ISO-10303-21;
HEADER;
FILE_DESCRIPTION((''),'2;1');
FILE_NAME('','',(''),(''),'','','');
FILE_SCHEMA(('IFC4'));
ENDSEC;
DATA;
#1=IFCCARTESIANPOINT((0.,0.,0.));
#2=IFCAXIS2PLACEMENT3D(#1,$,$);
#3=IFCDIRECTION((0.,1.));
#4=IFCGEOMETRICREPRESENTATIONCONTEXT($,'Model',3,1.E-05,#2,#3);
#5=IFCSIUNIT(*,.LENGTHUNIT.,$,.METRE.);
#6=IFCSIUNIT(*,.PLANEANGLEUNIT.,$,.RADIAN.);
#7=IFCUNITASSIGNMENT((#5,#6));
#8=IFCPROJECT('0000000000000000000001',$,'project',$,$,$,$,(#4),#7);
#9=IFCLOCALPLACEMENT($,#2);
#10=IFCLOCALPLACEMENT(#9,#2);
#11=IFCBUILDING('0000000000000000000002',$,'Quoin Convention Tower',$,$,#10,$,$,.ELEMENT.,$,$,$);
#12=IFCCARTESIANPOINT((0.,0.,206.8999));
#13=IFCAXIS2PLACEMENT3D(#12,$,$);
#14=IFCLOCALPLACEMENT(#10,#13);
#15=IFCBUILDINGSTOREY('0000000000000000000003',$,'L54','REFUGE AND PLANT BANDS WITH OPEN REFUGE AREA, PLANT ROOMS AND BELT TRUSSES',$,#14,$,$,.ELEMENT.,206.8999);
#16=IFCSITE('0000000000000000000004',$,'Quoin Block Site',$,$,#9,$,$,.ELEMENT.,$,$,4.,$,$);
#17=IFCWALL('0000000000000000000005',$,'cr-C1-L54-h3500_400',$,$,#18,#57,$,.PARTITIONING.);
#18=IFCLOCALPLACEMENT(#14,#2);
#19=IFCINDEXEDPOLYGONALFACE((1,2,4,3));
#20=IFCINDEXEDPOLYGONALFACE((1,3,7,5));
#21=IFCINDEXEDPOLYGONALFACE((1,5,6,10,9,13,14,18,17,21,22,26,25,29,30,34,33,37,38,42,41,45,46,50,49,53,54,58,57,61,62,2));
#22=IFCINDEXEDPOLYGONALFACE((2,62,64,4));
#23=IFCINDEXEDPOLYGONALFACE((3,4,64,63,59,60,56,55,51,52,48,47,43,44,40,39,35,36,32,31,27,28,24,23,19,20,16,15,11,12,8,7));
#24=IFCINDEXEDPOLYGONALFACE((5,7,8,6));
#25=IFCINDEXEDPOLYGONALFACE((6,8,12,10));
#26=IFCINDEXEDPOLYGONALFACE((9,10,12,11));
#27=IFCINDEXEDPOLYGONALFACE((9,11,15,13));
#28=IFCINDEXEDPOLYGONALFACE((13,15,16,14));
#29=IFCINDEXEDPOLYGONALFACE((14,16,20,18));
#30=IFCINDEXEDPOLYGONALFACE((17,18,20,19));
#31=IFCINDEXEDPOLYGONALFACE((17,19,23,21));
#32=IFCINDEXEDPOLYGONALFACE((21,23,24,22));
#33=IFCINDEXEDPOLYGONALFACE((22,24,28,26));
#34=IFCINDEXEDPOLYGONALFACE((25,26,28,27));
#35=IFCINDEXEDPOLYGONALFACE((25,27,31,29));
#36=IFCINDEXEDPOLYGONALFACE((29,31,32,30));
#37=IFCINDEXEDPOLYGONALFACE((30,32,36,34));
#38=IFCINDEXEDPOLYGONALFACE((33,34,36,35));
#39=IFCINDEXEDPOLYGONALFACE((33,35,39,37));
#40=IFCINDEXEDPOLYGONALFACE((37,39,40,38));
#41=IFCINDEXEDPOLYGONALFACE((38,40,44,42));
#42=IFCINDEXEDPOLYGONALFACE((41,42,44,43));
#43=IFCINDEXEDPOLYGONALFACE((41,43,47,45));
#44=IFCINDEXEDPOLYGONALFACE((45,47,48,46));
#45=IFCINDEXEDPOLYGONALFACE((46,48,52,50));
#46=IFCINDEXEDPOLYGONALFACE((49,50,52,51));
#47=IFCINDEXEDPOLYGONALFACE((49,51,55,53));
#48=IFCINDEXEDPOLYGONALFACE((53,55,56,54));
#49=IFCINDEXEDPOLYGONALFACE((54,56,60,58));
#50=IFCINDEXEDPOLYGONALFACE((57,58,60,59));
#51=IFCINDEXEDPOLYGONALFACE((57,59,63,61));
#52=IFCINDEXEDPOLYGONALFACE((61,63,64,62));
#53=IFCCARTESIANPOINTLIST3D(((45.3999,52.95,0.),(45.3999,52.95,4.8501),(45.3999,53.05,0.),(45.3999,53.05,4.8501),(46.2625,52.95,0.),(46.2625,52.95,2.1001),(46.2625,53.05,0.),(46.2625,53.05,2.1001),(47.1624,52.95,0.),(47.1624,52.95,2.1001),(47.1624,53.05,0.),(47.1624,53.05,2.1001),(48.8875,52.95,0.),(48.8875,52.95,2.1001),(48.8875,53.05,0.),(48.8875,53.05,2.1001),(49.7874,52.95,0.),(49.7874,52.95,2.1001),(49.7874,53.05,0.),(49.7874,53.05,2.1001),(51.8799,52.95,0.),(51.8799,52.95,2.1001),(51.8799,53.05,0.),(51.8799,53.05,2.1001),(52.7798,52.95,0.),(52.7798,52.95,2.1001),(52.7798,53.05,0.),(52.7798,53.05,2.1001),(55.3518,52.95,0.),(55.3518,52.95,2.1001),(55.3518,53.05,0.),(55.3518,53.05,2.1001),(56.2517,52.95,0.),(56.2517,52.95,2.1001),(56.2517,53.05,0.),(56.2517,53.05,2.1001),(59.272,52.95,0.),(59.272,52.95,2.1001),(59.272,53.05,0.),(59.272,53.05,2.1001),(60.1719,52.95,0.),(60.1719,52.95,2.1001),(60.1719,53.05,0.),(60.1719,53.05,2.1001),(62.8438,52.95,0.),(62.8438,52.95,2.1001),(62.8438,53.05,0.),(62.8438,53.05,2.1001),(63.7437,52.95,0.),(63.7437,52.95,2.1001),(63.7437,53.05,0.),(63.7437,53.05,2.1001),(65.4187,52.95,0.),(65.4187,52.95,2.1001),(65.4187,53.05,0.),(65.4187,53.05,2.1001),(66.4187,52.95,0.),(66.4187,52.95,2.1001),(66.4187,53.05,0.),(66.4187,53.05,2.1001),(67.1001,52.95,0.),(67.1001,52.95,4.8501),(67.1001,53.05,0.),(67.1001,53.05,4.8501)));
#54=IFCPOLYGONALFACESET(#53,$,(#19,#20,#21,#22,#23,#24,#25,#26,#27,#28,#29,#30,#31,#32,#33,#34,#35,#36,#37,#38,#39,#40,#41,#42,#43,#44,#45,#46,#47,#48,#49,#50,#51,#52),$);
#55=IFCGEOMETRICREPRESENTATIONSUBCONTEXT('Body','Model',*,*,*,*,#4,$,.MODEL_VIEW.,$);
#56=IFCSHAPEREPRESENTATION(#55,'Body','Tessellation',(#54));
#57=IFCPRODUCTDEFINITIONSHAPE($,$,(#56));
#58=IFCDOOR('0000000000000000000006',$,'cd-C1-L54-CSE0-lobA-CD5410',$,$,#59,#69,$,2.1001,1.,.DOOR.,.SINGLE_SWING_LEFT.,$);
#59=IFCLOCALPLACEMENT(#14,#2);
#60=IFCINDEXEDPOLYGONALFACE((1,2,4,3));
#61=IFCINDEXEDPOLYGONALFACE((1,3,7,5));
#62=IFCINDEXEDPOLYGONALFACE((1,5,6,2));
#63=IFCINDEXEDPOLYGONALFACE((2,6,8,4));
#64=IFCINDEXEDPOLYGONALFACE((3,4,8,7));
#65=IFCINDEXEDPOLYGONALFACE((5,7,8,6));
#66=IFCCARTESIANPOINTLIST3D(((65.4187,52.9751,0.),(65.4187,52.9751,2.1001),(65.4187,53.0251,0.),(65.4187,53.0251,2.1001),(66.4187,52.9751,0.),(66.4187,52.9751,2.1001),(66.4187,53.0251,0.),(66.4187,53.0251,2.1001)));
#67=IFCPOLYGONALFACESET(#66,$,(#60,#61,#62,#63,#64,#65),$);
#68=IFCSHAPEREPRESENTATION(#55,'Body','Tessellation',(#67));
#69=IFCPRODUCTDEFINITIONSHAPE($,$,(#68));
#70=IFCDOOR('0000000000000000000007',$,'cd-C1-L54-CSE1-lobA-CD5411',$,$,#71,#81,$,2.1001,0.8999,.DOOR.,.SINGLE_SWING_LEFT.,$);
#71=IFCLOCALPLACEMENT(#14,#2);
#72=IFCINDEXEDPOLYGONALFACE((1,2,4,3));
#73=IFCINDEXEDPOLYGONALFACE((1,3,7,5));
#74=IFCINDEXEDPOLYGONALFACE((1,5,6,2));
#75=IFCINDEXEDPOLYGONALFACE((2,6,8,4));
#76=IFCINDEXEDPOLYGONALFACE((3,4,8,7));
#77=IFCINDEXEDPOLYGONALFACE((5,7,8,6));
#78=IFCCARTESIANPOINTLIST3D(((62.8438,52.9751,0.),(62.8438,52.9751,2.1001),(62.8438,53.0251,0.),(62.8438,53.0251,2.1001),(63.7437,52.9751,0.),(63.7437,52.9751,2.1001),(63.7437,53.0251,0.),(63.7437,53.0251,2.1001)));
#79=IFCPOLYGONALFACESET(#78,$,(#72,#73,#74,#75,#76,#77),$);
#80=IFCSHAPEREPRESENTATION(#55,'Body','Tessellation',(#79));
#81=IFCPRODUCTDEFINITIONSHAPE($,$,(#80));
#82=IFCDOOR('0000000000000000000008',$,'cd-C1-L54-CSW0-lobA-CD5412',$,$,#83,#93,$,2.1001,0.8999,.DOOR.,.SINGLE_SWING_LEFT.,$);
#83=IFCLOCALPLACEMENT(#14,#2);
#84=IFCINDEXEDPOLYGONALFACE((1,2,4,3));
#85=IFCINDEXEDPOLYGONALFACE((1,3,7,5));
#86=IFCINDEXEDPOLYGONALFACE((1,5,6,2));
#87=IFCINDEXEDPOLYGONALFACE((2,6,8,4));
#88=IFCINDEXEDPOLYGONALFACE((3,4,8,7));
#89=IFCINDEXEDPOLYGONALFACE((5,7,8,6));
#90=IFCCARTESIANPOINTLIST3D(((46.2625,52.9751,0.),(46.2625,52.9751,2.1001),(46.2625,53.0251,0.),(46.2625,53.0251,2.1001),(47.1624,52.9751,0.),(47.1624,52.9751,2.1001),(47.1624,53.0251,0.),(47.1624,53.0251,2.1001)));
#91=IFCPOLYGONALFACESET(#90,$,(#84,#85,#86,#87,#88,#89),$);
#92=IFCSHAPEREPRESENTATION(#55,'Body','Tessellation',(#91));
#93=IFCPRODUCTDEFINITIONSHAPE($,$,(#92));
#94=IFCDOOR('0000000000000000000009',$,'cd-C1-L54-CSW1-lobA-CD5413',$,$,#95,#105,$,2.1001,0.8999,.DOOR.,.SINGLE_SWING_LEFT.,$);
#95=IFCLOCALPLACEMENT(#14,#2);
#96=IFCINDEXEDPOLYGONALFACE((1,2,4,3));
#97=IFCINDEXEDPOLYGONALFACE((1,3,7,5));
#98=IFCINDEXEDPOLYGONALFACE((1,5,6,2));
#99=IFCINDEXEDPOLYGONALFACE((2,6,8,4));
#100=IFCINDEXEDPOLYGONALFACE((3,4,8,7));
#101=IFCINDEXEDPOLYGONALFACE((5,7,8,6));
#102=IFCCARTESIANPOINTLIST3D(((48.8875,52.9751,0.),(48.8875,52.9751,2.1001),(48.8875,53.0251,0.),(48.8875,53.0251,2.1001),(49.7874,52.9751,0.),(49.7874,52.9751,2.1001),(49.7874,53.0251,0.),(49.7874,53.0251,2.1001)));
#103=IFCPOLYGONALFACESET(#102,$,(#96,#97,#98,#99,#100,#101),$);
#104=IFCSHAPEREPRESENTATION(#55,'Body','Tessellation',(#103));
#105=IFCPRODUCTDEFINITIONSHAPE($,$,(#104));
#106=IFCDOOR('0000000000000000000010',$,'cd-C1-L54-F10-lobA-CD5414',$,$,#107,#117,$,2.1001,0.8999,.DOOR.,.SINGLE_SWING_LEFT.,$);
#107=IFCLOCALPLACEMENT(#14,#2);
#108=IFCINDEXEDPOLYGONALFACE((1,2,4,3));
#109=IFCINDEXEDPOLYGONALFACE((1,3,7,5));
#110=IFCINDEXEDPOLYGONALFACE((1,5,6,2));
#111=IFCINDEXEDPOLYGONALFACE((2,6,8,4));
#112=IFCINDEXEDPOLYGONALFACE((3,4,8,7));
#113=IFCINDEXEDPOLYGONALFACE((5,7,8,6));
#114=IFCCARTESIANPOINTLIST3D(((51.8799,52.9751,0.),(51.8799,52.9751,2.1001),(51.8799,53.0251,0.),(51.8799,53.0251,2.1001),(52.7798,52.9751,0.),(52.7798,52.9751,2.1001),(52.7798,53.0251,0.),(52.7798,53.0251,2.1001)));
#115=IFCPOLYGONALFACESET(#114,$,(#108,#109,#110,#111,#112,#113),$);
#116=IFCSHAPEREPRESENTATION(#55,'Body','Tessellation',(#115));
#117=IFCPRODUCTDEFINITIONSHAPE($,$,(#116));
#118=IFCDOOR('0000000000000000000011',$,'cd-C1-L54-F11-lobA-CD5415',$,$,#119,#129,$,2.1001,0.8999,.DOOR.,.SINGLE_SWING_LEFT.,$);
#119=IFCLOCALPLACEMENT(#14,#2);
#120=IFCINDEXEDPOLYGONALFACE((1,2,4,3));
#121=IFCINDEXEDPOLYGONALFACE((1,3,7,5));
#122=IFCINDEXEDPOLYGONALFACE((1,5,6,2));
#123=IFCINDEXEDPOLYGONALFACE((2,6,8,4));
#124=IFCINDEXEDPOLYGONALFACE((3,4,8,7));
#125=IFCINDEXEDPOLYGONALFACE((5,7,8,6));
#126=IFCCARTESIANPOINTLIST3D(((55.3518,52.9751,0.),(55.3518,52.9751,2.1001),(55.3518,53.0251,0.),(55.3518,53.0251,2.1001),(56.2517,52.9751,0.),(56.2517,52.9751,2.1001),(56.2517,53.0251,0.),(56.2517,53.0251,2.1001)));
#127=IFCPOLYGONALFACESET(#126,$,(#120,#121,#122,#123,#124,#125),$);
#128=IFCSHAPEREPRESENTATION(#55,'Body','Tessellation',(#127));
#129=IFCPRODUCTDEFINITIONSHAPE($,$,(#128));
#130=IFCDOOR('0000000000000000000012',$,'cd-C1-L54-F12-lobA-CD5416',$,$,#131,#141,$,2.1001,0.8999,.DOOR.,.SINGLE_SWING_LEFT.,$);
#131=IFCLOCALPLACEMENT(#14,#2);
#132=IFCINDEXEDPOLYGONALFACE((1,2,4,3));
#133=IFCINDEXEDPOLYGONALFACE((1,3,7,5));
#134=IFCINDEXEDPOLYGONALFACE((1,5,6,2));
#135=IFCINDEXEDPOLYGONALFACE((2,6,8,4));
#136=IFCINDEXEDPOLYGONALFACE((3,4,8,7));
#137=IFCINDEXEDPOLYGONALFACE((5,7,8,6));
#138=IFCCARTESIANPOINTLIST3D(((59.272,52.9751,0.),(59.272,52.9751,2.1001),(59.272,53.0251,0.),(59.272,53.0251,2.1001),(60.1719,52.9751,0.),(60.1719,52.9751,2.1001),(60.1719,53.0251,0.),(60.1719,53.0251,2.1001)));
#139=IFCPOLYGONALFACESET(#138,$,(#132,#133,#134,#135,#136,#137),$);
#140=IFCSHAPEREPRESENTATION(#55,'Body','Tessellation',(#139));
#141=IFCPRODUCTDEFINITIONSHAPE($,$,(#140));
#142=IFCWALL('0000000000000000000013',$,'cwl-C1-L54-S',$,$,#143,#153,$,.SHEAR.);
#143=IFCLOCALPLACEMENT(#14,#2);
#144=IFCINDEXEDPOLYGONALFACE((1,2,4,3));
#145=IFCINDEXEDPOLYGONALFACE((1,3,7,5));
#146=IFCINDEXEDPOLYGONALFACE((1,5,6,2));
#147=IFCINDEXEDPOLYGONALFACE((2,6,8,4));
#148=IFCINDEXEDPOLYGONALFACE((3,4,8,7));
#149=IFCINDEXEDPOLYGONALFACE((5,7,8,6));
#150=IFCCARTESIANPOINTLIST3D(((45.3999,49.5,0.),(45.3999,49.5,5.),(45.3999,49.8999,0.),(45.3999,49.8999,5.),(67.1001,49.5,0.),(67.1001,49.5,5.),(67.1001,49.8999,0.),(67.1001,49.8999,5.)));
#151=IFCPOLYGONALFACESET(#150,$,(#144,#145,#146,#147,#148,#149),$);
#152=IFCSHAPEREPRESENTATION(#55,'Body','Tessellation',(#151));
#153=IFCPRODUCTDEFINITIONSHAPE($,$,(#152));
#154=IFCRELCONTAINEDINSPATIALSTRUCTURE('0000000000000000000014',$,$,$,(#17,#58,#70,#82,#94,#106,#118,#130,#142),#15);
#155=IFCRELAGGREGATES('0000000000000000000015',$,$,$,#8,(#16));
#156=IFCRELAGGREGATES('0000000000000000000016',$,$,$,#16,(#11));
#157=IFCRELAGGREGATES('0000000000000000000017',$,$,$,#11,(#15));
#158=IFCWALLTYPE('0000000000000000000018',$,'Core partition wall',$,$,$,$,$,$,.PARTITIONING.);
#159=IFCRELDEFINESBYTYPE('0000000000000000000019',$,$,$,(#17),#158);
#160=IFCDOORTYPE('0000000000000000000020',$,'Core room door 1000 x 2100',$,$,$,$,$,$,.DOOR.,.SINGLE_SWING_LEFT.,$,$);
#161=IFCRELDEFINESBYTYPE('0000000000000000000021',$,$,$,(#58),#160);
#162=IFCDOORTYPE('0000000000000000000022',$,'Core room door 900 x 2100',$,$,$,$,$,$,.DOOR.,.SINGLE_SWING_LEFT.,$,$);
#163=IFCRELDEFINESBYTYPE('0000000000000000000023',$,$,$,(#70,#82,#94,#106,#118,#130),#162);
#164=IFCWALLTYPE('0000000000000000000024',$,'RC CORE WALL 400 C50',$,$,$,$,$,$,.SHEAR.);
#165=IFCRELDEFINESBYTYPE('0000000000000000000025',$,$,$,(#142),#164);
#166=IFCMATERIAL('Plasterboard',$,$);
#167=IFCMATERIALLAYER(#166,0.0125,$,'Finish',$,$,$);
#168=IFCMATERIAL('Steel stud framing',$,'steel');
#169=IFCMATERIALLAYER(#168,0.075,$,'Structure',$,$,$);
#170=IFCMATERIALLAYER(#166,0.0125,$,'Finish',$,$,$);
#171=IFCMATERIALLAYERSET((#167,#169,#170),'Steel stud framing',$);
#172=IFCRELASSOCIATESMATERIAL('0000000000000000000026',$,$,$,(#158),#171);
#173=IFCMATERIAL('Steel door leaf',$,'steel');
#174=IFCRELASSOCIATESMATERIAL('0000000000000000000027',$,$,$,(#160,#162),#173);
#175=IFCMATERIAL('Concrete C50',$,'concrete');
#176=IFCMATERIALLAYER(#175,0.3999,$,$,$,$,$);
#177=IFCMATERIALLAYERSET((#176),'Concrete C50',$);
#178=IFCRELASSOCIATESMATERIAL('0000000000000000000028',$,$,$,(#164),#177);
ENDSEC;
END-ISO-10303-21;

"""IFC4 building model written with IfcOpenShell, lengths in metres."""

from ifc_helpers import new_model, si_unit, direction, frame, frame_2d, origin, place, context, subcontext, project, spatial, rectangle, extrude, material, layer, layer_set, type_object, element, fill, save


model = new_model("IFC4")

# Units and contexts
model_context = context("Model", 3, precision=1e-05, world=origin(), true_north=direction((0.0, 1.0)))
body_context = subcontext(model_context, "Body", "Model", "MODEL_VIEW")
ifc_project = project(units=[si_unit("LENGTHUNIT", "METRE"), si_unit("PLANEANGLEUNIT", "RADIAN")], contexts=[model_context])

# Site, building, storey
site_placement = place(None, origin())
site = spatial("IfcSite", under=ifc_project, at=site_placement, Name="Quoin Block Site", CompositionType="ELEMENT", RefElevation=4.0)
building_placement = place(site_placement, origin())
building = spatial("IfcBuilding", under=site, at=building_placement, Name="Quoin Convention Tower", CompositionType="ELEMENT")
storey_placement = place(building_placement, frame((0.0, 0.0, 206.8999)))
storey = spatial("IfcBuildingStorey", under=building, at=storey_placement, Name="L54", Description="REFUGE AND PLANT BANDS WITH OPEN REFUGE AREA, PLANT ROOMS AND BELT TRUSSES", CompositionType="ELEMENT", Elevation=206.8999)

# Shared definitions
ifc_material_1 = material(Name="Concrete C50", Category="concrete")

# Wall, openings, doors
ifc_material_2 = material(Name="Plasterboard")
ifc_layer_1 = layer(ifc_material_2, 0.0125, Name="Finish")
ifc_material_3 = material(Name="Steel stud framing", Category="steel")
ifc_layer_2 = layer(ifc_material_3, 0.075, Name="Structure")
ifc_layer_3 = layer(ifc_material_2, 0.0125, Name="Finish")
ifc_layer_set_1 = layer_set([ifc_layer_1, ifc_layer_2, ifc_layer_3], Name="Steel stud framing")
wall_type_1 = type_object("IfcWallType", Name="Core partition wall", PredefinedType="PARTITIONING", material=ifc_layer_set_1)
wall_1_placement = place(storey_placement, frame((45.3999, 53.0, 0.0), z_axis=(0.0, 0.0, 1.0), x_axis=(1.0, 0.0, 0.0)))
wall_1 = element("IfcWall", 1, at=wall_1_placement, inside=storey, type_object=wall_type_1, Name="cr-C1-L54-h3500_400", PredefinedType="PARTITIONING", context=body_context, shape_type="SweptSolid", body=[
    extrude(rectangle(XDim=21.7002, YDim=0.1001, at=frame_2d((10.8501, 0.0))), origin(), (0.0, 0.0, 1.0), 4.8501),
])
opening_1_placement = place(wall_1_placement, frame((20.0188, 0.0, 0.0)))
opening_1 = element("IfcOpeningElement", 2, at=opening_1_placement, cuts=wall_1, PredefinedType="OPENING", context=body_context, shape_type="SweptSolid", body=[
    extrude(rectangle(XDim=1.0, YDim=2.1001, at=frame_2d((0.5, 1.05))), frame((0.0, 0.0601, 0.0), z_axis=(0.0, -1.0, 0.0), x_axis=(1.0, 0.0, 0.0)), (0.0, 0.0, 1.0), 0.1201),
])
opening_2_placement = place(wall_1_placement, frame((17.4438, 0.0, 0.0)))
opening_2 = element("IfcOpeningElement", 3, at=opening_2_placement, cuts=wall_1, PredefinedType="OPENING", context=body_context, shape_type="SweptSolid", body=[
    extrude(rectangle(XDim=0.8999, YDim=2.1001, at=frame_2d((0.45, 1.05))), frame((0.0, 0.0601, 0.0), z_axis=(0.0, -1.0, 0.0), x_axis=(1.0, 0.0, 0.0)), (0.0, 0.0, 1.0), 0.1201),
])
opening_3_placement = place(wall_1_placement, frame((0.8625, 0.0, 0.0)))
opening_3 = element("IfcOpeningElement", 4, at=opening_3_placement, cuts=wall_1, PredefinedType="OPENING", context=body_context, shape_type="SweptSolid", body=[
    extrude(rectangle(XDim=0.8999, YDim=2.1001, at=frame_2d((0.45, 1.05))), frame((0.0, 0.0601, 0.0), z_axis=(0.0, -1.0, 0.0), x_axis=(1.0, 0.0, 0.0)), (0.0, 0.0, 1.0), 0.1201),
])
opening_4_placement = place(wall_1_placement, frame((3.4875, 0.0, 0.0)))
opening_4 = element("IfcOpeningElement", 5, at=opening_4_placement, cuts=wall_1, PredefinedType="OPENING", context=body_context, shape_type="SweptSolid", body=[
    extrude(rectangle(XDim=0.8999, YDim=2.1001, at=frame_2d((0.45, 1.05))), frame((0.0, 0.0601, 0.0), z_axis=(0.0, -1.0, 0.0), x_axis=(1.0, 0.0, 0.0)), (0.0, 0.0, 1.0), 0.1201),
])
opening_5_placement = place(wall_1_placement, frame((6.48, 0.0, 0.0)))
opening_5 = element("IfcOpeningElement", 6, at=opening_5_placement, cuts=wall_1, PredefinedType="OPENING", context=body_context, shape_type="SweptSolid", body=[
    extrude(rectangle(XDim=0.8999, YDim=2.1001, at=frame_2d((0.45, 1.05))), frame((0.0, 0.0601, 0.0), z_axis=(0.0, -1.0, 0.0), x_axis=(1.0, 0.0, 0.0)), (0.0, 0.0, 1.0), 0.1201),
])
opening_6_placement = place(wall_1_placement, frame((9.9519, 0.0, 0.0)))
opening_6 = element("IfcOpeningElement", 7, at=opening_6_placement, cuts=wall_1, PredefinedType="OPENING", context=body_context, shape_type="SweptSolid", body=[
    extrude(rectangle(XDim=0.8999, YDim=2.1001, at=frame_2d((0.45, 1.05))), frame((0.0, 0.0601, 0.0), z_axis=(0.0, -1.0, 0.0), x_axis=(1.0, 0.0, 0.0)), (0.0, 0.0, 1.0), 0.1201),
])
opening_7_placement = place(wall_1_placement, frame((13.8721, 0.0, 0.0)))
opening_7 = element("IfcOpeningElement", 8, at=opening_7_placement, cuts=wall_1, PredefinedType="OPENING", context=body_context, shape_type="SweptSolid", body=[
    extrude(rectangle(XDim=0.8999, YDim=2.1001, at=frame_2d((0.45, 1.05))), frame((0.0, 0.0601, 0.0), z_axis=(0.0, -1.0, 0.0), x_axis=(1.0, 0.0, 0.0)), (0.0, 0.0, 1.0), 0.1201),
])
ifc_material_4 = material(Name="Steel door leaf", Category="steel")
door_type_1 = type_object("IfcDoorType", Name="Core room door 1000 x 2100", OperationType="SINGLE_SWING_LEFT", PredefinedType="DOOR", material=ifc_material_4)
door_1_placement = place(opening_1_placement, frame((1.0, 0.0, 0.0), z_axis=(0.0, 0.0, 1.0), x_axis=(-1.0, 0.0, 0.0)))
door_1 = element("IfcDoor", 9, at=door_1_placement, inside=storey, type_object=door_type_1, Name="cd-C1-L54-CSE0-lobA-CD5410", OperationType="SINGLE_SWING_LEFT", OverallHeight=2.1001, OverallWidth=1.0, PredefinedType="DOOR", context=body_context, shape_type="SweptSolid", body=[
    extrude(rectangle(XDim=1.0, YDim=2.1001, at=frame_2d((0.5, 1.05))), frame((0.0, 0.0249, 0.0), z_axis=(0.0, -1.0, 0.0), x_axis=(1.0, 0.0, 0.0)), (0.0, 0.0, 1.0), 0.05),
])
fill(opening_1, door_1)
door_type_2 = type_object("IfcDoorType", Name="Core room door 900 x 2100", OperationType="SINGLE_SWING_LEFT", PredefinedType="DOOR", material=ifc_material_4)
door_2_placement = place(opening_2_placement, frame((0.8999, 0.0, 0.0), z_axis=(0.0, 0.0, 1.0), x_axis=(-1.0, 0.0, 0.0)))
door_2 = element("IfcDoor", 10, at=door_2_placement, inside=storey, type_object=door_type_2, Name="cd-C1-L54-CSE1-lobA-CD5411", OperationType="SINGLE_SWING_LEFT", OverallHeight=2.1001, OverallWidth=0.8999, PredefinedType="DOOR", context=body_context, shape_type="SweptSolid", body=[
    extrude(rectangle(XDim=0.8999, YDim=2.1001, at=frame_2d((0.45, 1.05))), frame((0.0, 0.0249, 0.0), z_axis=(0.0, -1.0, 0.0), x_axis=(1.0, 0.0, 0.0)), (0.0, 0.0, 1.0), 0.05),
])
fill(opening_2, door_2)
door_3_placement = place(opening_3_placement, frame((0.8999, 0.0, 0.0), z_axis=(0.0, 0.0, 1.0), x_axis=(-1.0, 0.0, 0.0)))
door_3 = element("IfcDoor", 11, at=door_3_placement, inside=storey, type_object=door_type_2, Name="cd-C1-L54-CSW0-lobA-CD5412", OperationType="SINGLE_SWING_LEFT", OverallHeight=2.1001, OverallWidth=0.8999, PredefinedType="DOOR", context=body_context, shape_type="SweptSolid", body=[
    extrude(rectangle(XDim=0.8999, YDim=2.1001, at=frame_2d((0.45, 1.05))), frame((0.0, 0.0249, 0.0), z_axis=(0.0, -1.0, 0.0), x_axis=(1.0, 0.0, 0.0)), (0.0, 0.0, 1.0), 0.05),
])
fill(opening_3, door_3)
door_4_placement = place(opening_4_placement, frame((0.8999, 0.0, 0.0), z_axis=(0.0, 0.0, 1.0), x_axis=(-1.0, 0.0, 0.0)))
door_4 = element("IfcDoor", 12, at=door_4_placement, inside=storey, type_object=door_type_2, Name="cd-C1-L54-CSW1-lobA-CD5413", OperationType="SINGLE_SWING_LEFT", OverallHeight=2.1001, OverallWidth=0.8999, PredefinedType="DOOR", context=body_context, shape_type="SweptSolid", body=[
    extrude(rectangle(XDim=0.8999, YDim=2.1001, at=frame_2d((0.45, 1.05))), frame((0.0, 0.0249, 0.0), z_axis=(0.0, -1.0, 0.0), x_axis=(1.0, 0.0, 0.0)), (0.0, 0.0, 1.0), 0.05),
])
fill(opening_4, door_4)
door_5_placement = place(opening_5_placement, frame((0.8999, 0.0, 0.0), z_axis=(0.0, 0.0, 1.0), x_axis=(-1.0, 0.0, 0.0)))
door_5 = element("IfcDoor", 13, at=door_5_placement, inside=storey, type_object=door_type_2, Name="cd-C1-L54-F10-lobA-CD5414", OperationType="SINGLE_SWING_LEFT", OverallHeight=2.1001, OverallWidth=0.8999, PredefinedType="DOOR", context=body_context, shape_type="SweptSolid", body=[
    extrude(rectangle(XDim=0.8999, YDim=2.1001, at=frame_2d((0.45, 1.05))), frame((0.0, 0.0249, 0.0), z_axis=(0.0, -1.0, 0.0), x_axis=(1.0, 0.0, 0.0)), (0.0, 0.0, 1.0), 0.05),
])
fill(opening_5, door_5)
door_6_placement = place(opening_6_placement, frame((0.8999, 0.0, 0.0), z_axis=(0.0, 0.0, 1.0), x_axis=(-1.0, 0.0, 0.0)))
door_6 = element("IfcDoor", 14, at=door_6_placement, inside=storey, type_object=door_type_2, Name="cd-C1-L54-F11-lobA-CD5415", OperationType="SINGLE_SWING_LEFT", OverallHeight=2.1001, OverallWidth=0.8999, PredefinedType="DOOR", context=body_context, shape_type="SweptSolid", body=[
    extrude(rectangle(XDim=0.8999, YDim=2.1001, at=frame_2d((0.45, 1.05))), frame((0.0, 0.0249, 0.0), z_axis=(0.0, -1.0, 0.0), x_axis=(1.0, 0.0, 0.0)), (0.0, 0.0, 1.0), 0.05),
])
fill(opening_6, door_6)
door_7_placement = place(opening_7_placement, frame((0.8999, 0.0, 0.0), z_axis=(0.0, 0.0, 1.0), x_axis=(-1.0, 0.0, 0.0)))
door_7 = element("IfcDoor", 15, at=door_7_placement, inside=storey, type_object=door_type_2, Name="cd-C1-L54-F12-lobA-CD5416", OperationType="SINGLE_SWING_LEFT", OverallHeight=2.1001, OverallWidth=0.8999, PredefinedType="DOOR", context=body_context, shape_type="SweptSolid", body=[
    extrude(rectangle(XDim=0.8999, YDim=2.1001, at=frame_2d((0.45, 1.05))), frame((0.0, 0.0249, 0.0), z_axis=(0.0, -1.0, 0.0), x_axis=(1.0, 0.0, 0.0)), (0.0, 0.0, 1.0), 0.05),
])
fill(opening_7, door_7)

# Wall
ifc_layer_4 = layer(ifc_material_1, 0.3999)
ifc_layer_set_2 = layer_set([ifc_layer_4], Name="Concrete C50")
wall_type_2 = type_object("IfcWallType", Name="RC CORE WALL 400 C50", PredefinedType="SHEAR", material=ifc_layer_set_2)
wall_2_placement = place(storey_placement, frame((45.3999, 49.7, 0.0), z_axis=(0.0, 0.0, 1.0), x_axis=(1.0, 0.0, 0.0)))
element("IfcWall", 16, at=wall_2_placement, inside=storey, type_object=wall_type_2, Name="cwl-C1-L54-S", PredefinedType="SHEAR", context=body_context, shape_type="SweptSolid", body=[
    extrude(rectangle(XDim=21.7002, YDim=0.3999, at=frame_2d((10.8501, 0.0))), origin(), (0.0, 0.0, 1.0), 5.0),
])

save(model, "model.ifc")
